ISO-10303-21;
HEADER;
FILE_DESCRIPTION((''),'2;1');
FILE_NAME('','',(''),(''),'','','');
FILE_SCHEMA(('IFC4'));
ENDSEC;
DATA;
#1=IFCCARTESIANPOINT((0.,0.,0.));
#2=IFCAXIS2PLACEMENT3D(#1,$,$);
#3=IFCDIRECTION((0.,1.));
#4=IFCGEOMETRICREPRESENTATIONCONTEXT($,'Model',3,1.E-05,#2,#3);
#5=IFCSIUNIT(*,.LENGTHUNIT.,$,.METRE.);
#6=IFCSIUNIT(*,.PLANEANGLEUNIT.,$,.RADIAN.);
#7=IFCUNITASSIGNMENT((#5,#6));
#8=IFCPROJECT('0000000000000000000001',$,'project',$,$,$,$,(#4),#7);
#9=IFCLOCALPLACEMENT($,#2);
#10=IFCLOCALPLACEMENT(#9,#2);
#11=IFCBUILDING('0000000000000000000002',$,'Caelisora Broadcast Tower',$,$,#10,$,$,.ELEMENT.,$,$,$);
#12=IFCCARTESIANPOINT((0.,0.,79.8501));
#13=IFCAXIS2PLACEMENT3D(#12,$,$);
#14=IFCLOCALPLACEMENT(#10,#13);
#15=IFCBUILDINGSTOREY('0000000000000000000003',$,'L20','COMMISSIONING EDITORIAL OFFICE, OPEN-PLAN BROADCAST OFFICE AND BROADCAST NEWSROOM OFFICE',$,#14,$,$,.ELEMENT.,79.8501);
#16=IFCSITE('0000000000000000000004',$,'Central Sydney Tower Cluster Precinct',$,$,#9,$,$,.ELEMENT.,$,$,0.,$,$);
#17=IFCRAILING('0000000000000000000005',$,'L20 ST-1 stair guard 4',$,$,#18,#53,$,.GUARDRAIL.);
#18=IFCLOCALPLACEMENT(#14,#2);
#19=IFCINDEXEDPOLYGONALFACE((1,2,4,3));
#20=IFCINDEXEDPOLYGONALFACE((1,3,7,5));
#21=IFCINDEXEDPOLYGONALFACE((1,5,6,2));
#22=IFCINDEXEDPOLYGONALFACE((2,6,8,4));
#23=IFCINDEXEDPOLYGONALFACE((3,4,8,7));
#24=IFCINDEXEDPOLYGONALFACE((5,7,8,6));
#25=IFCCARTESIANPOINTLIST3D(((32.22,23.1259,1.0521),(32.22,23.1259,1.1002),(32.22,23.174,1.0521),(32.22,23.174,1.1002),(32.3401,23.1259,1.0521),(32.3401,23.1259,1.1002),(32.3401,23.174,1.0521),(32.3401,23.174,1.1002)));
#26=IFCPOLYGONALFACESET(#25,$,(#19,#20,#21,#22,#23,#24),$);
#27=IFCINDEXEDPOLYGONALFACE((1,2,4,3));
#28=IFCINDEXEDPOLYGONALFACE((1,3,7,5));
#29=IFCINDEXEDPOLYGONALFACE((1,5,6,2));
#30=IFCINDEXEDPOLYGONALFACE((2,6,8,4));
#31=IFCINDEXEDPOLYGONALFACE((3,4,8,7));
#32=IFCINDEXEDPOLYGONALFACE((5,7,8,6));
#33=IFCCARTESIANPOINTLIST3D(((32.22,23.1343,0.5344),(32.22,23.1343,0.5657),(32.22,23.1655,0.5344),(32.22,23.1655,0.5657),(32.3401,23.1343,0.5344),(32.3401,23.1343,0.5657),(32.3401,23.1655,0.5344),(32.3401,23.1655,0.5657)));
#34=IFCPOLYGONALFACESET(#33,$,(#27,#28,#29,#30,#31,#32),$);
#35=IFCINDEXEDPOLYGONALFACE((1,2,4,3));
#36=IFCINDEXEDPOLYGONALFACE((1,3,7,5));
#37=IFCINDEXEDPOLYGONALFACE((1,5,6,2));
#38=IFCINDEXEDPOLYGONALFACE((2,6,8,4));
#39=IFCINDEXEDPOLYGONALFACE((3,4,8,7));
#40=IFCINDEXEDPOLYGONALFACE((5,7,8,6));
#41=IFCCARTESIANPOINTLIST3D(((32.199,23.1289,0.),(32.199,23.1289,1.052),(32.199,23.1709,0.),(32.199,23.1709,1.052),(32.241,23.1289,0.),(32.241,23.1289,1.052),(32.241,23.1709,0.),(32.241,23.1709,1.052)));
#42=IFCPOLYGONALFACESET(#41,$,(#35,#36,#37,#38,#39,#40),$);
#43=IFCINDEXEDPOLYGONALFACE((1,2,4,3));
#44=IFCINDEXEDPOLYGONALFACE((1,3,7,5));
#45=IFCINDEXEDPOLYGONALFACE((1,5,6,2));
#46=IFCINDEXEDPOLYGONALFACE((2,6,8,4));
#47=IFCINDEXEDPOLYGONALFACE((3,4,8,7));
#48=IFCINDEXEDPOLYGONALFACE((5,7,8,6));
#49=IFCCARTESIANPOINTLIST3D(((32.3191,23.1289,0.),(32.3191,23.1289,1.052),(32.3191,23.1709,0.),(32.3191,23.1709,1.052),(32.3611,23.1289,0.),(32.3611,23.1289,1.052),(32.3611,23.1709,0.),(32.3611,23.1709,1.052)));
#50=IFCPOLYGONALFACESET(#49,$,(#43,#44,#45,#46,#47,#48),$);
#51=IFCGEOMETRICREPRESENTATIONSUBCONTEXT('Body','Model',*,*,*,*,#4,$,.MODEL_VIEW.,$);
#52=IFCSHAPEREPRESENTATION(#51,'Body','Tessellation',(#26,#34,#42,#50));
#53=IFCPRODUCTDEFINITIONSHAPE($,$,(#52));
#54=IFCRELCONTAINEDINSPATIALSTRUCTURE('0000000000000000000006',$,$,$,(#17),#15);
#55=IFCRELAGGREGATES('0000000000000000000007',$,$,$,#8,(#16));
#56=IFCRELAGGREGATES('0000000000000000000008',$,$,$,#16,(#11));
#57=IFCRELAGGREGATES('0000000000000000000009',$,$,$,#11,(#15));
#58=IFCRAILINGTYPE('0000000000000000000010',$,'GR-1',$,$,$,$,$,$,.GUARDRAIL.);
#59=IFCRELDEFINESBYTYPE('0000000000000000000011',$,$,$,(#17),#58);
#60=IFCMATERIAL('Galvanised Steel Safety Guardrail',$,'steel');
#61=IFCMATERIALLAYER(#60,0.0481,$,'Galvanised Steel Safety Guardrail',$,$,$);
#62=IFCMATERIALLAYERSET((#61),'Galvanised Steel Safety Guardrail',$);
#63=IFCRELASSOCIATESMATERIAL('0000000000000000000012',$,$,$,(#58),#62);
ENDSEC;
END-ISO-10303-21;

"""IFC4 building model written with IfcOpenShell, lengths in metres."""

from ifc_helpers import new_model, si_unit, direction, frame, origin, origin_2d, place, context, subcontext, project, spatial, rectangle, extrude, material, layer, layer_set, type_object, element, save


model = new_model("IFC4")

# Units and contexts
model_context = context("Model", 3, precision=1e-05, world=origin(), true_north=direction((0.0, 1.0)))
body_context = subcontext(model_context, "Body", "Model", "MODEL_VIEW")
ifc_project = project(units=[si_unit("LENGTHUNIT", "METRE"), si_unit("PLANEANGLEUNIT", "RADIAN")], contexts=[model_context])

# Site, building, storey
site_placement = place(None, origin())
site = spatial("IfcSite", under=ifc_project, at=site_placement, Name="Central Sydney Tower Cluster Precinct", CompositionType="ELEMENT", RefElevation=0.0)
building_placement = place(site_placement, origin())
building = spatial("IfcBuilding", under=site, at=building_placement, Name="Caelisora Broadcast Tower", CompositionType="ELEMENT")
storey_placement = place(building_placement, frame((0.0, 0.0, 79.8501)))
storey = spatial("IfcBuildingStorey", under=building, at=storey_placement, Name="L20", Description="COMMISSIONING EDITORIAL OFFICE, OPEN-PLAN BROADCAST OFFICE AND BROADCAST NEWSROOM OFFICE", CompositionType="ELEMENT", Elevation=79.8501)

# Railing
ifc_material_1 = material(Name="Galvanised Steel Safety Guardrail", Category="steel")
ifc_layer_1 = layer(ifc_material_1, 0.0481, Name="Galvanised Steel Safety Guardrail")
ifc_layer_set_1 = layer_set([ifc_layer_1], Name="Galvanised Steel Safety Guardrail")
railing_type = type_object("IfcRailingType", Name="GR-1", PredefinedType="GUARDRAIL", material=ifc_layer_set_1)
railing_1_placement = place(storey_placement, frame((32.22, 23.1499, 0.0)))
element("IfcRailing", 1, at=railing_1_placement, inside=storey, type_object=railing_type, Name="L20 ST-1 stair guard 4", PredefinedType="GUARDRAIL", context=body_context, shape_type="SweptSolid", body=[
    extrude(rectangle(XDim=0.0481, YDim=0.0481, at=origin_2d()), frame((0.0, 0.0, 1.0762), z_axis=(1.0, 0.0, 0.0), x_axis=(0.0, 1.0, 0.0)), (0.0, 0.0, 1.0), 0.1201),
    extrude(rectangle(XDim=0.0312, YDim=0.0312, at=origin_2d()), frame((0.0, 0.0, 0.55), z_axis=(1.0, 0.0, 0.0), x_axis=(0.0, 1.0, 0.0)), (0.0, 0.0, 1.0), 0.1201),
    extrude(rectangle(XDim=0.042, YDim=0.042, at=origin_2d()), origin(), (0.0, 0.0, 1.0), 1.052),
    extrude(rectangle(XDim=0.042, YDim=0.042, at=origin_2d()), frame((0.1201, 0.0, 0.0)), (0.0, 0.0, 1.0), 1.052),
])

save(model, "model.ifc")
